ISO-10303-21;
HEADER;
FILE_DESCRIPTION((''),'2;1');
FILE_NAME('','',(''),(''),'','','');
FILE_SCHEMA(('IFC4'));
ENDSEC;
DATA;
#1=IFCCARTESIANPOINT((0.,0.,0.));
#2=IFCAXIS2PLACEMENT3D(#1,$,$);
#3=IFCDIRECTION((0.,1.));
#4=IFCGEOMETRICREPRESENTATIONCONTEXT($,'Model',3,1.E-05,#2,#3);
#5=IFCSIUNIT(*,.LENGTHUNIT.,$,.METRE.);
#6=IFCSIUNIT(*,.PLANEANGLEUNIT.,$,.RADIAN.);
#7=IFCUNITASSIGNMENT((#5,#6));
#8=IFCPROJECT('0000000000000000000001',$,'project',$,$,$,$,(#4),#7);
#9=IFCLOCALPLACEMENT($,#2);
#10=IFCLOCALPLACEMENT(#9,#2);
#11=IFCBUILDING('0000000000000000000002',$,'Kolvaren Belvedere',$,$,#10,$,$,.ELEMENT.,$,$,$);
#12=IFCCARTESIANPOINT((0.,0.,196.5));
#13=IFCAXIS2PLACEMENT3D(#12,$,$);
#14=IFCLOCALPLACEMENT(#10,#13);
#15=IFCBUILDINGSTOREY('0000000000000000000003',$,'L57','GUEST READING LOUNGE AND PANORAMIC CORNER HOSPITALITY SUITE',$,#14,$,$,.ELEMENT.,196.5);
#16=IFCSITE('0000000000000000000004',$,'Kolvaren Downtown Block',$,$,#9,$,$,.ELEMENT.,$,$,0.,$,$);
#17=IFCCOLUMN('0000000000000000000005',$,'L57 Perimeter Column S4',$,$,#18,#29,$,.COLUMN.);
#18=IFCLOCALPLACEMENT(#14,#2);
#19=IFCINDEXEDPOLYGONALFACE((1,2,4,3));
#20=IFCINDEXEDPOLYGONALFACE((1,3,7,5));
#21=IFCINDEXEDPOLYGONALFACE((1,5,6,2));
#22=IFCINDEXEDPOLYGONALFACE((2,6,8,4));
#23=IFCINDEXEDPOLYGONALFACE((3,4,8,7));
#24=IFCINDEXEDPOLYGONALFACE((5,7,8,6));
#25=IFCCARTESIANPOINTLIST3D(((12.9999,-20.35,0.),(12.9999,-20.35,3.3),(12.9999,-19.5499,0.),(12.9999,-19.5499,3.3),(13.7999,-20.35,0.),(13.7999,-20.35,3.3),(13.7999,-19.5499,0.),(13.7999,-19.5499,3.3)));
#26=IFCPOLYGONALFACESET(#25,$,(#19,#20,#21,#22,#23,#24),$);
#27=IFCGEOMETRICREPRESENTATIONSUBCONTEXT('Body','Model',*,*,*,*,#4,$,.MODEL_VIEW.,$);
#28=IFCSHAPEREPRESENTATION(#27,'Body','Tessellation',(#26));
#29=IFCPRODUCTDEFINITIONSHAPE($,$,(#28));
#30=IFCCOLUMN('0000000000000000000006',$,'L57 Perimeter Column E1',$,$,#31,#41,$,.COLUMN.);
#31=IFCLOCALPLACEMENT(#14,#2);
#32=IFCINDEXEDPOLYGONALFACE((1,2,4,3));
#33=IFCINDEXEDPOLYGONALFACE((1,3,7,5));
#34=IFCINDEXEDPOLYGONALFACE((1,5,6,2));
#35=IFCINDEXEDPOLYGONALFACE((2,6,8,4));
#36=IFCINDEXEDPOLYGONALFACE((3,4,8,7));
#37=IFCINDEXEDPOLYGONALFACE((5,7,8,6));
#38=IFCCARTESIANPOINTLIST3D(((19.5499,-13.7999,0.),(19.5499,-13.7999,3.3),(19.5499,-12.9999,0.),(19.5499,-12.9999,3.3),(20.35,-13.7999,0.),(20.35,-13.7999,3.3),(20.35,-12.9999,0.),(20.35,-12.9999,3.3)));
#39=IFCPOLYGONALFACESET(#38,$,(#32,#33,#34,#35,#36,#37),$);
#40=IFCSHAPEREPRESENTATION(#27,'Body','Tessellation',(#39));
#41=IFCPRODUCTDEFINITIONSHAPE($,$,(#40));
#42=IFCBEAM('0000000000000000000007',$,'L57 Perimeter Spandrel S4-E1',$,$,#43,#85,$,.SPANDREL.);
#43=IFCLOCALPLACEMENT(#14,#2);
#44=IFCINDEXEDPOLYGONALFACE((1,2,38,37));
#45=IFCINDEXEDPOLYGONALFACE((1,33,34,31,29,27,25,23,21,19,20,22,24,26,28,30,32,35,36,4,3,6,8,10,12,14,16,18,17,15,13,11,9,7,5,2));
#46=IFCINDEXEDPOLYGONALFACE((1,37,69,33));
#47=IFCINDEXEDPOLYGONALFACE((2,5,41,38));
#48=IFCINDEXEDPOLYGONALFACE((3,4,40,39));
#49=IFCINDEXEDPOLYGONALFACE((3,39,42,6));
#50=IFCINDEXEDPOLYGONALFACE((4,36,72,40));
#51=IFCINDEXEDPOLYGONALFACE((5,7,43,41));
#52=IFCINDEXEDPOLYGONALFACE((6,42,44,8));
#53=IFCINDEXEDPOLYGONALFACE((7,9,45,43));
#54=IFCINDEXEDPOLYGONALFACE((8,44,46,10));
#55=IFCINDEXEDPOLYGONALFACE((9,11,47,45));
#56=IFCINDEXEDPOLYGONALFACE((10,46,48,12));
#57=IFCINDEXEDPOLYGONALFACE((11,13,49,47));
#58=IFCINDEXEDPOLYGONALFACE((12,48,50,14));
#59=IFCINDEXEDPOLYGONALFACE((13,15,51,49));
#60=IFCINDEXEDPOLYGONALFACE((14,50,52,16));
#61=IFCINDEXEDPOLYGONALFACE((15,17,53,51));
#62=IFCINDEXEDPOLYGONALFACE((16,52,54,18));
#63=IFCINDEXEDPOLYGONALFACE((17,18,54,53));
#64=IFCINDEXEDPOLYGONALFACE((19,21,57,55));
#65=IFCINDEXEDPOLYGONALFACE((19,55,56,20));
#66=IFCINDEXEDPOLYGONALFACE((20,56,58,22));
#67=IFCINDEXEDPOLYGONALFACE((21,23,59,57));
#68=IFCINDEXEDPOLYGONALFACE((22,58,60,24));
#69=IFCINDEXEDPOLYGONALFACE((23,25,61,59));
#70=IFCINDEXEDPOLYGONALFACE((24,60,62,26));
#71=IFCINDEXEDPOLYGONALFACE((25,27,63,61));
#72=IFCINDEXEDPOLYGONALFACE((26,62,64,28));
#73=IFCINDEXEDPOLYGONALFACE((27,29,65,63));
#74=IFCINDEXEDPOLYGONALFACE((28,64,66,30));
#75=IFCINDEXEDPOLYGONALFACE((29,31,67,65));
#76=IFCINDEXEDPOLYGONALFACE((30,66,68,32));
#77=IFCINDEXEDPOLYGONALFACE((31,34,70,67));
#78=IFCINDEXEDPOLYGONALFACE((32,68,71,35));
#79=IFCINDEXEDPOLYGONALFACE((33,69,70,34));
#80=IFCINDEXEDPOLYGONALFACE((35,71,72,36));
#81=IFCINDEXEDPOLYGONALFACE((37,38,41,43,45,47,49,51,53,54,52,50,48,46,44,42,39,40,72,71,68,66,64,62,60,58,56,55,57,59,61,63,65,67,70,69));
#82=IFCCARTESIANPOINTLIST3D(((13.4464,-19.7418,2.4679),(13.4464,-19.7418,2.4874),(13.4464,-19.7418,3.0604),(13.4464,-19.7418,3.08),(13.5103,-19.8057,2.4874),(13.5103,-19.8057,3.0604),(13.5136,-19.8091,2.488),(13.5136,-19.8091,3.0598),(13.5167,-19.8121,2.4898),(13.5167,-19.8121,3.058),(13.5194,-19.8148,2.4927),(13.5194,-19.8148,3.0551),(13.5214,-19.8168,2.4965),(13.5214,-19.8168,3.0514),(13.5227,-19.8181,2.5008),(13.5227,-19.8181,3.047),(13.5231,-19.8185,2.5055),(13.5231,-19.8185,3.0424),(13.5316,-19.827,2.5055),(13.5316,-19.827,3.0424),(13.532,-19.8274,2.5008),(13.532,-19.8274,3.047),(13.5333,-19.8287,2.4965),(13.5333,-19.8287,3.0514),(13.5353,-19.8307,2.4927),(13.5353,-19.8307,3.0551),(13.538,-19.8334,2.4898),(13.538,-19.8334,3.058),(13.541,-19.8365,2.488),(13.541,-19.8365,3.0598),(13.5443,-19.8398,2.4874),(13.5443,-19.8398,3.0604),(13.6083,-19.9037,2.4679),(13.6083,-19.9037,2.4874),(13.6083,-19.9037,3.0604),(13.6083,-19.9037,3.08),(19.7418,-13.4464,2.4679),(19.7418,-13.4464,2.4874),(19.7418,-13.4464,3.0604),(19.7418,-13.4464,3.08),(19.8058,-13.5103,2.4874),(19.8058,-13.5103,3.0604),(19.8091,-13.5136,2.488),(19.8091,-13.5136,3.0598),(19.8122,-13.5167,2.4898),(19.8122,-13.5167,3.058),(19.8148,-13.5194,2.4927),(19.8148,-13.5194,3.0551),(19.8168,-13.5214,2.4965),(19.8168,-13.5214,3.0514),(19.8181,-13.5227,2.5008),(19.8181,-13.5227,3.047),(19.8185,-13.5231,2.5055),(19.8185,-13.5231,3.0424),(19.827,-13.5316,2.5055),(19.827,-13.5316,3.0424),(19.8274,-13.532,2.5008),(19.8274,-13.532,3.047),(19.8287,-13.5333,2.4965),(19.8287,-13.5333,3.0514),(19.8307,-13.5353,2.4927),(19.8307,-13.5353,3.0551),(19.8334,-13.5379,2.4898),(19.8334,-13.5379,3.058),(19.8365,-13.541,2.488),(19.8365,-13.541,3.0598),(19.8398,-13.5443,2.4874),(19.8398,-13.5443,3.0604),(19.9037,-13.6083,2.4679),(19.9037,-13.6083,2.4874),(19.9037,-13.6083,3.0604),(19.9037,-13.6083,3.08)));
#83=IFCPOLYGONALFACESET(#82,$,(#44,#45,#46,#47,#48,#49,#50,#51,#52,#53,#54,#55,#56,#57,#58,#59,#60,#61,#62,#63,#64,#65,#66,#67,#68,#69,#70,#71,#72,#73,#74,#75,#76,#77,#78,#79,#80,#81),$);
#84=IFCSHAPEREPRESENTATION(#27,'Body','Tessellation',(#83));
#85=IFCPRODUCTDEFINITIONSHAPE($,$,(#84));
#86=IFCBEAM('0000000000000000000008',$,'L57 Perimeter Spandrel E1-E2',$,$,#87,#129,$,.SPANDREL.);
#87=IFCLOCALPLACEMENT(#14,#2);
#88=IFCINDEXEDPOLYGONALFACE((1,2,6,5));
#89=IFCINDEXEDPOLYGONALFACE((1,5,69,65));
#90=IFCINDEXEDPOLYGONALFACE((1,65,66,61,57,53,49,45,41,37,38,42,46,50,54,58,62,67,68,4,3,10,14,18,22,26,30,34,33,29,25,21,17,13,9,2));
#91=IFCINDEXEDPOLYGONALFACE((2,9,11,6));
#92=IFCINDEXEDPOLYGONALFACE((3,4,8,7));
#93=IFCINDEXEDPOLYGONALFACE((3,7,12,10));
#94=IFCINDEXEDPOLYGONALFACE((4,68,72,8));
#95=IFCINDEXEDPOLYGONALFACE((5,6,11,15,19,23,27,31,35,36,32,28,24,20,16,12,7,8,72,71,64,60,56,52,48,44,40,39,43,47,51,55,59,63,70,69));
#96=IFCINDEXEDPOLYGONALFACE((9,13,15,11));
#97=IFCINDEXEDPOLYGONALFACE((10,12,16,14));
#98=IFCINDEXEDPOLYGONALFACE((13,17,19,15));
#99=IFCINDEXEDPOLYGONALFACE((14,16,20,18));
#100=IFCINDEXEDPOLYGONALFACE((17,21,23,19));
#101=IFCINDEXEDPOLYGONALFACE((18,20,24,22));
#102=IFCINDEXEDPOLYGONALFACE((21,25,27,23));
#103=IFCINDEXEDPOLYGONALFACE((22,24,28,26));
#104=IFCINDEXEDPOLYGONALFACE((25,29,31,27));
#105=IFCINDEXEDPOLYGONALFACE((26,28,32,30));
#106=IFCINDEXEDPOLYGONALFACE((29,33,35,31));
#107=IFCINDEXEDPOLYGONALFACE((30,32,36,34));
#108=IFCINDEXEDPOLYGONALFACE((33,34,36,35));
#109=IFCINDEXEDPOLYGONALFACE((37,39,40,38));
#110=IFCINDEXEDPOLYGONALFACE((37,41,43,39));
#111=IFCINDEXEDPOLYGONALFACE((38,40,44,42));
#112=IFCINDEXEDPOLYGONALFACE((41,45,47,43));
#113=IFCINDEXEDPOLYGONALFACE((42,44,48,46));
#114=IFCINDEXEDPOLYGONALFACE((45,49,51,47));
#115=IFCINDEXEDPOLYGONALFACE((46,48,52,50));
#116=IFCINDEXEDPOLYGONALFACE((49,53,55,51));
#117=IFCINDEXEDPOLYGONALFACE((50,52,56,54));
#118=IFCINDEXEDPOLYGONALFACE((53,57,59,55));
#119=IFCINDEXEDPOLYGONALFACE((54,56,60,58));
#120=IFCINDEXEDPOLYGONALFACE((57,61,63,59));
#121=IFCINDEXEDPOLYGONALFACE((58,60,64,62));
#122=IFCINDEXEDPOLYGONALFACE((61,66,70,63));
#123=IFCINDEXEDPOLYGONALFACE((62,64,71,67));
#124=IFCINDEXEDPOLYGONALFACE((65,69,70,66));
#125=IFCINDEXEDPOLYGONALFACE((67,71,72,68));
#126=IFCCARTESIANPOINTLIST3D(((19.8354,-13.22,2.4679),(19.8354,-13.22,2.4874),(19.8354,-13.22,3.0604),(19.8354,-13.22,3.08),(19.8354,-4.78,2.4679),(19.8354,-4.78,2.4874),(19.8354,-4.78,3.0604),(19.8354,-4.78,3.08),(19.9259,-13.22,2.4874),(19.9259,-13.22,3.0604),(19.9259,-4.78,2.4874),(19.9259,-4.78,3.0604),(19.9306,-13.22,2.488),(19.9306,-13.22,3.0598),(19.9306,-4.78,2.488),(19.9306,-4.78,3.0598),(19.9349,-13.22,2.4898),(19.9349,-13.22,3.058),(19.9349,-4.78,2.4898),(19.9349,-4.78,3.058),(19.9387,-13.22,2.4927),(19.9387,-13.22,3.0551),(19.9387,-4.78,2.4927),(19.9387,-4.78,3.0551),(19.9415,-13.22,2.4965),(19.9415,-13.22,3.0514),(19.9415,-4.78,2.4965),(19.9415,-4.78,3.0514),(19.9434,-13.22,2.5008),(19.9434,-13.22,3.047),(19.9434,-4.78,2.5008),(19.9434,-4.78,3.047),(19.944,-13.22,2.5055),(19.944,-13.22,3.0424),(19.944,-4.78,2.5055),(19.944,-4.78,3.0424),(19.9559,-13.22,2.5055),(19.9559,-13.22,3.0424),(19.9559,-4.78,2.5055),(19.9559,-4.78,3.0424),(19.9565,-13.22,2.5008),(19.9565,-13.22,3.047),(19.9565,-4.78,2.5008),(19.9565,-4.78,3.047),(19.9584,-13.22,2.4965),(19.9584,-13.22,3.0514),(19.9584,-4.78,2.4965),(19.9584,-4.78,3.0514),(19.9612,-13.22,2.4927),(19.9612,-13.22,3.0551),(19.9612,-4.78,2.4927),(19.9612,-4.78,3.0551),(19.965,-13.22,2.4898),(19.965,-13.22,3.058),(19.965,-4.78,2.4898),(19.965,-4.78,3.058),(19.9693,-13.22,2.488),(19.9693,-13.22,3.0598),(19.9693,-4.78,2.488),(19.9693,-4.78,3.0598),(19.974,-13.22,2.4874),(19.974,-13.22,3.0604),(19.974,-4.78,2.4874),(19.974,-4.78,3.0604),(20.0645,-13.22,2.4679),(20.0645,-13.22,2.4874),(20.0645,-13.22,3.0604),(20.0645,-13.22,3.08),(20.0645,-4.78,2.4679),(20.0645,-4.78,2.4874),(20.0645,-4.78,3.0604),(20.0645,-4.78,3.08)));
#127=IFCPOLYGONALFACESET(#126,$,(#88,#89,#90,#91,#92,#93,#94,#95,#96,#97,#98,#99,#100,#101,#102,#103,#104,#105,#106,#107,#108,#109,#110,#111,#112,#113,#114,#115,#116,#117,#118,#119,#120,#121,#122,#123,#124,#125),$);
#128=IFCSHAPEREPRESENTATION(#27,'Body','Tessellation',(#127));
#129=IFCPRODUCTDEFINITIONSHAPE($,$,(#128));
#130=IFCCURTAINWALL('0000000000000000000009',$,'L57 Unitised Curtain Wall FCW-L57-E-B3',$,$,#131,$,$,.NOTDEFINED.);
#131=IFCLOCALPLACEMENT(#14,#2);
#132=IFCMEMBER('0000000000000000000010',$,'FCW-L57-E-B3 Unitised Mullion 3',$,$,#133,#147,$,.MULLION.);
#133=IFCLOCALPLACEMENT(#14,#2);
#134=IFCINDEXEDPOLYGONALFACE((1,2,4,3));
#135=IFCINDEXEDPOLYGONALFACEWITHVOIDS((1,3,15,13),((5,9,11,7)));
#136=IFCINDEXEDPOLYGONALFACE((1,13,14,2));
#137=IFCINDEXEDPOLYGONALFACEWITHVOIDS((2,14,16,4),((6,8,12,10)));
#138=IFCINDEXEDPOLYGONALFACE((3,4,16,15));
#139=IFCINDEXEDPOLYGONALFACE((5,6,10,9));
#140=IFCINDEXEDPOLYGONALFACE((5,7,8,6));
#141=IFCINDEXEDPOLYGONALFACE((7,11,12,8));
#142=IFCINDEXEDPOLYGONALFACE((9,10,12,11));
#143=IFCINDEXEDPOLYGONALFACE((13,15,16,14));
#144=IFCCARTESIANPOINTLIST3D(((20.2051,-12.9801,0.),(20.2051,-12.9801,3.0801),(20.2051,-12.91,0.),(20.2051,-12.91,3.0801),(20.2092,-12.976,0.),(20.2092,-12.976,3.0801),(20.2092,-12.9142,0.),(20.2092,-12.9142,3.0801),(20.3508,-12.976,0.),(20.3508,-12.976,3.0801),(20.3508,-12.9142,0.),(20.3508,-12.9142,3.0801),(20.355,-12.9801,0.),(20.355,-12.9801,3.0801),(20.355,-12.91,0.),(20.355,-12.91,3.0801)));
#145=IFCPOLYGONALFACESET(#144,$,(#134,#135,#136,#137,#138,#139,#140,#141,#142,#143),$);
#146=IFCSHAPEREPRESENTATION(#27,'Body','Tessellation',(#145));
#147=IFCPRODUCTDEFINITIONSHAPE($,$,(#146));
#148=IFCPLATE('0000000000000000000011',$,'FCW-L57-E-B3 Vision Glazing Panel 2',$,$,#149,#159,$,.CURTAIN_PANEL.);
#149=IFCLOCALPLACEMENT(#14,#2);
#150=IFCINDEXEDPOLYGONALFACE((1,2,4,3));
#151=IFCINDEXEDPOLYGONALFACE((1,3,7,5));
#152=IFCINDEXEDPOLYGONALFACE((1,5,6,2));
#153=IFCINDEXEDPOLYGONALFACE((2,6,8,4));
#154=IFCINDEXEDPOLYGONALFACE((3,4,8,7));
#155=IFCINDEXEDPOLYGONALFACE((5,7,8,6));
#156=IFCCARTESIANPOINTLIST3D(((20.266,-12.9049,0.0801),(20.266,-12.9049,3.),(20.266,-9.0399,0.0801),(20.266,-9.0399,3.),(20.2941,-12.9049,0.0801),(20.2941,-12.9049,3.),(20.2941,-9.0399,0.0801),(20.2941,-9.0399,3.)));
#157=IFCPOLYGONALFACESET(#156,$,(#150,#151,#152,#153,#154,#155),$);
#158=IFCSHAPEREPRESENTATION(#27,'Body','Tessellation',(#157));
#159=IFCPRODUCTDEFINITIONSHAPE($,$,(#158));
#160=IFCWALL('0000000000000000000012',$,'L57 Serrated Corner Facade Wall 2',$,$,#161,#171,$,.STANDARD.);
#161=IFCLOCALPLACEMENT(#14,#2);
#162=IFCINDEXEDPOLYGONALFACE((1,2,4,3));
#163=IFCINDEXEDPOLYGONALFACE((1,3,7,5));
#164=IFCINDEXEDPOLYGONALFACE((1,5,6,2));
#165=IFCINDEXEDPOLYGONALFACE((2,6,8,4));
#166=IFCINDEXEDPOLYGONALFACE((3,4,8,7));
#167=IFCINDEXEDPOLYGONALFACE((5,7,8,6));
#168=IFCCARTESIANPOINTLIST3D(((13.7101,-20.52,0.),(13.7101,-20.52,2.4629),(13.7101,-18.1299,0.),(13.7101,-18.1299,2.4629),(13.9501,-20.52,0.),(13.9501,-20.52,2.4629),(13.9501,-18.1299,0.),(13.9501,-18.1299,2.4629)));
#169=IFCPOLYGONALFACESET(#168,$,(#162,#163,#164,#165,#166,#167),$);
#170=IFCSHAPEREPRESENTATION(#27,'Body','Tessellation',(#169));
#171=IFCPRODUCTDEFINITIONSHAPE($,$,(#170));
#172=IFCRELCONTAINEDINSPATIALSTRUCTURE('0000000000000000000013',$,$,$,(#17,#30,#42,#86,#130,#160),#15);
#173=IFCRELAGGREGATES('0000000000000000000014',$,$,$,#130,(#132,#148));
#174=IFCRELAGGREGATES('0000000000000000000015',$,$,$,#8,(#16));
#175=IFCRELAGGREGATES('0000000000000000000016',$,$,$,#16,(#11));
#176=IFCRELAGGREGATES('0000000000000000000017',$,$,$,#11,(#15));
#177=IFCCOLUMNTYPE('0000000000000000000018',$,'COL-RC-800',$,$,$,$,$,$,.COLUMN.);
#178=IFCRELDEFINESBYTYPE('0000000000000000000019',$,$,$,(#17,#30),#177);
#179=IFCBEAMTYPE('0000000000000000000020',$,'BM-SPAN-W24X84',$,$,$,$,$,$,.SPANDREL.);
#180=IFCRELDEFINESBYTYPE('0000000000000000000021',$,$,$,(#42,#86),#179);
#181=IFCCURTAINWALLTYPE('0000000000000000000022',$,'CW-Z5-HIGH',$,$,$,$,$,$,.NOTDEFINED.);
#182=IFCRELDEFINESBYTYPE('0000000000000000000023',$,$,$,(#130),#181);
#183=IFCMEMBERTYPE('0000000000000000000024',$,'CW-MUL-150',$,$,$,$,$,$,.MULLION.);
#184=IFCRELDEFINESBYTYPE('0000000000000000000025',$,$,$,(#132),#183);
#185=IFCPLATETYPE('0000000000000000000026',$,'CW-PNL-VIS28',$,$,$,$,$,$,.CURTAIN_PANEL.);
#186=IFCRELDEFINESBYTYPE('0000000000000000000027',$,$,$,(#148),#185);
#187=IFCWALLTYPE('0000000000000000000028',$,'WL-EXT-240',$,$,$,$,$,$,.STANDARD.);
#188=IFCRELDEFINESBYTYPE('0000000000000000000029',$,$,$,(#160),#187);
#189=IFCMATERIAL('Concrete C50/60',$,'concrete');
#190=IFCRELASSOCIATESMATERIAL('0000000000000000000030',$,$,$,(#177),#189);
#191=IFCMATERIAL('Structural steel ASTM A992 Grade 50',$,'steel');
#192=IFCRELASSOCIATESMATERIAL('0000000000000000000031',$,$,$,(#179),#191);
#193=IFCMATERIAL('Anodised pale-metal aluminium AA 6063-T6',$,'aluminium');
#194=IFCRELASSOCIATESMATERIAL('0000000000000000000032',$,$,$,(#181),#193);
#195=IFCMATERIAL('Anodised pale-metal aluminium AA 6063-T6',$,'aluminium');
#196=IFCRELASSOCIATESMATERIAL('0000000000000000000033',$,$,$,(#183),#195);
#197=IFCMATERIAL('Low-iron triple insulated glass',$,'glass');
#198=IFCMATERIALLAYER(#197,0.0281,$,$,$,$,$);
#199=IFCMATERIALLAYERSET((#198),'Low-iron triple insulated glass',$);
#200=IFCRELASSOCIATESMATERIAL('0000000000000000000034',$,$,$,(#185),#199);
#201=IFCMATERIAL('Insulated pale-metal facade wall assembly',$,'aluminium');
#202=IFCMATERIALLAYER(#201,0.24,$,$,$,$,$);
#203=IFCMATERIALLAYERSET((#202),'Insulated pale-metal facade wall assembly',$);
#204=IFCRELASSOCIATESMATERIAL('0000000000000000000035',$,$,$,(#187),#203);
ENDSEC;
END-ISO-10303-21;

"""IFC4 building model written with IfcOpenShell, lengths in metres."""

from ifc_helpers import new_model, si_unit, direction, frame, frame_2d, origin, origin_2d, place, context, subcontext, project, spatial, rectangle, hollow_rectangle, i_section, extrude, material, layer, layer_set, material_profile, profile_set, type_object, element, aggregate, save


model = new_model("IFC4")

# Units and contexts
model_context = context("Model", 3, precision=1e-05, world=origin(), true_north=direction((0.0, 1.0)))
body_context = subcontext(model_context, "Body", "Model", "MODEL_VIEW")
ifc_project = project(units=[si_unit("LENGTHUNIT", "METRE"), si_unit("PLANEANGLEUNIT", "RADIAN")], contexts=[model_context])

# Site, building, storey
site_placement = place(None, origin())
site = spatial("IfcSite", under=ifc_project, at=site_placement, Name="Kolvaren Downtown Block", CompositionType="ELEMENT", RefElevation=0.0)
building_placement = place(site_placement, origin())
building = spatial("IfcBuilding", under=site, at=building_placement, Name="Kolvaren Belvedere", CompositionType="ELEMENT")
storey_placement = place(building_placement, frame((0.0, 0.0, 196.5)))
storey = spatial("IfcBuildingStorey", under=building, at=storey_placement, Name="L57", Description="GUEST READING LOUNGE AND PANORAMIC CORNER HOSPITALITY SUITE", CompositionType="ELEMENT", Elevation=196.5)

# Columns
ifc_material_1 = material(Name="Concrete C50/60", Category="concrete")
ifc_material_profile_1 = material_profile(ifc_material_1, rectangle(XDim=0.8, YDim=0.8, at=origin_2d()), Name="RC 800X800")
ifc_profile_set_1 = profile_set([ifc_material_profile_1], Name="Concrete C50/60")
column_type = type_object("IfcColumnType", Name="COL-RC-800", PredefinedType="COLUMN", material=ifc_profile_set_1)
for number, where, z_axis, x_axis, name in (
    (1, (13.3999, -19.95, 0.0), (0.0, 0.0, 1.0), (1.0, 0.0, 0.0), "L57 Perimeter Column S4"),
    (2, (19.95, -13.3999, 0.0), (0.0, 0.0, 1.0), (1.0, 0.0, 0.0), "L57 Perimeter Column E1"),
):
    element("IfcColumn", number, at=place(storey_placement, frame(where, z_axis=z_axis, x_axis=x_axis)), inside=storey, type_object=column_type, Name=name, PredefinedType="COLUMN", context=body_context, shape_type="SweptSolid", body=[
        extrude(rectangle(XDim=0.8, YDim=0.8, at=origin_2d()), origin(), (0.0, 0.0, 1.0), 3.3),
    ])

# Beams
ifc_material_2 = material(Name="Structural steel ASTM A992 Grade 50", Category="steel")
ifc_material_profile_2 = material_profile(ifc_material_2, i_section(OverallWidth=0.229, OverallDepth=0.6121, WebThickness=0.012, FlangeThickness=0.0195, FilletRadius=0.0181, at=origin_2d()), Name="W24X84")
ifc_profile_set_2 = profile_set([ifc_material_profile_2], Name="Structural steel ASTM A992 Grade 50")
beam_type = type_object("IfcBeamType", Name="BM-SPAN-W24X84", PredefinedType="SPANDREL", material=ifc_profile_set_2)
beam_1_placement = place(storey_placement, frame((13.5273, -19.8228, 2.7739), z_axis=(0.707107, 0.707107, 0.0), x_axis=(-0.707107, 0.707107, 0.0)))
element("IfcBeam", 3, at=beam_1_placement, inside=storey, type_object=beam_type, Name="L57 Perimeter Spandrel S4-E1", PredefinedType="SPANDREL", context=body_context, shape_type="SweptSolid", body=[
    extrude(i_section(OverallWidth=0.229, OverallDepth=0.6121, WebThickness=0.012, FlangeThickness=0.0195, FilletRadius=0.0181, at=origin_2d()), origin(), (0.0, 0.0, 1.0), 8.9031),
])
beam_2_placement = place(storey_placement, frame((19.95, -13.22, 2.7739), z_axis=(0.0, 1.0, 0.0), x_axis=(-1.0, 0.0, 0.0)))
element("IfcBeam", 4, at=beam_2_placement, inside=storey, type_object=beam_type, Name="L57 Perimeter Spandrel E1-E2", PredefinedType="SPANDREL", context=body_context, shape_type="SweptSolid", body=[
    extrude(i_section(OverallWidth=0.229, OverallDepth=0.6121, WebThickness=0.012, FlangeThickness=0.0195, FilletRadius=0.0181, at=origin_2d()), origin(), (0.0, 0.0, 1.0), 8.4399),
])

# Curtain wall, member, plate
ifc_material_3 = material(Name="Anodised pale-metal aluminium AA 6063-T6", Category="aluminium")
curtain_wall_type = type_object("IfcCurtainWallType", Name="CW-Z5-HIGH", PredefinedType="NOTDEFINED", material=ifc_material_3)
curtain_wall_placement = place(storey_placement, origin())
curtain_wall = element("IfcCurtainWall", 5, at=curtain_wall_placement, inside=storey, type_object=curtain_wall_type, Name="L57 Unitised Curtain Wall FCW-L57-E-B3", PredefinedType="NOTDEFINED")
ifc_material_4 = material(Name="Anodised pale-metal aluminium AA 6063-T6", Category="aluminium")
ifc_material_profile_3 = material_profile(ifc_material_4, hollow_rectangle(XDim=0.0701, YDim=0.1499, WallThickness=0.0042, at=origin_2d()), Name="ALU-MUL-150X70")
ifc_profile_set_3 = profile_set([ifc_material_profile_3], Name="Anodised pale-metal aluminium AA 6063-T6")
member_type = type_object("IfcMemberType", Name="CW-MUL-150", PredefinedType="MULLION", material=ifc_profile_set_3)
member_placement = place(storey_placement, frame((20.28, -12.9451, 0.0), z_axis=(0.0, 0.0, 1.0), x_axis=(0.0, 1.0, 0.0)))
member = element("IfcMember", 6, at=member_placement, type_object=member_type, Name="FCW-L57-E-B3 Unitised Mullion 3", PredefinedType="MULLION", context=body_context, shape_type="SweptSolid", body=[
    extrude(hollow_rectangle(XDim=0.0701, YDim=0.1499, WallThickness=0.0042, at=origin_2d()), origin(), (0.0, 0.0, 1.0), 3.0801),
])
ifc_material_5 = material(Name="Low-iron triple insulated glass", Category="glass")
ifc_layer_1 = layer(ifc_material_5, 0.0281)
ifc_layer_set_1 = layer_set([ifc_layer_1], Name="Low-iron triple insulated glass")
plate_type = type_object("IfcPlateType", Name="CW-PNL-VIS28", PredefinedType="CURTAIN_PANEL", material=ifc_layer_set_1)
plate_placement = place(storey_placement, frame((20.28, -10.9724, 0.0801), z_axis=(0.0, 0.0, 1.0), x_axis=(0.0, -1.0, 0.0)))
plate = element("IfcPlate", 7, at=plate_placement, type_object=plate_type, Name="FCW-L57-E-B3 Vision Glazing Panel 2", PredefinedType="CURTAIN_PANEL", context=body_context, shape_type="SweptSolid", body=[
    extrude(rectangle(XDim=3.865, YDim=0.0281, at=origin_2d()), origin(), (0.0, 0.0, 1.0), 2.9199),
])
aggregate(curtain_wall, [member, plate])

# Wall
ifc_material_6 = material(Name="Insulated pale-metal facade wall assembly", Category="aluminium")
ifc_layer_2 = layer(ifc_material_6, 0.24)
ifc_layer_set_2 = layer_set([ifc_layer_2], Name="Insulated pale-metal facade wall assembly")
wall_type = type_object("IfcWallType", Name="WL-EXT-240", PredefinedType="STANDARD", material=ifc_layer_set_2)
wall_1_placement = place(storey_placement, frame((13.8301, -18.1299, 0.0), z_axis=(0.0, 0.0, 1.0), x_axis=(0.0, -1.0, 0.0)))
element("IfcWall", 8, at=wall_1_placement, inside=storey, type_object=wall_type, Name="L57 Serrated Corner Facade Wall 2", PredefinedType="STANDARD", context=body_context, shape_type="SweptSolid", body=[
    extrude(rectangle(XDim=2.3901, YDim=0.24, at=frame_2d((1.1951, 0.0))), origin(), (0.0, 0.0, 1.0), 2.4629),
])

save(model, "model.ifc")
